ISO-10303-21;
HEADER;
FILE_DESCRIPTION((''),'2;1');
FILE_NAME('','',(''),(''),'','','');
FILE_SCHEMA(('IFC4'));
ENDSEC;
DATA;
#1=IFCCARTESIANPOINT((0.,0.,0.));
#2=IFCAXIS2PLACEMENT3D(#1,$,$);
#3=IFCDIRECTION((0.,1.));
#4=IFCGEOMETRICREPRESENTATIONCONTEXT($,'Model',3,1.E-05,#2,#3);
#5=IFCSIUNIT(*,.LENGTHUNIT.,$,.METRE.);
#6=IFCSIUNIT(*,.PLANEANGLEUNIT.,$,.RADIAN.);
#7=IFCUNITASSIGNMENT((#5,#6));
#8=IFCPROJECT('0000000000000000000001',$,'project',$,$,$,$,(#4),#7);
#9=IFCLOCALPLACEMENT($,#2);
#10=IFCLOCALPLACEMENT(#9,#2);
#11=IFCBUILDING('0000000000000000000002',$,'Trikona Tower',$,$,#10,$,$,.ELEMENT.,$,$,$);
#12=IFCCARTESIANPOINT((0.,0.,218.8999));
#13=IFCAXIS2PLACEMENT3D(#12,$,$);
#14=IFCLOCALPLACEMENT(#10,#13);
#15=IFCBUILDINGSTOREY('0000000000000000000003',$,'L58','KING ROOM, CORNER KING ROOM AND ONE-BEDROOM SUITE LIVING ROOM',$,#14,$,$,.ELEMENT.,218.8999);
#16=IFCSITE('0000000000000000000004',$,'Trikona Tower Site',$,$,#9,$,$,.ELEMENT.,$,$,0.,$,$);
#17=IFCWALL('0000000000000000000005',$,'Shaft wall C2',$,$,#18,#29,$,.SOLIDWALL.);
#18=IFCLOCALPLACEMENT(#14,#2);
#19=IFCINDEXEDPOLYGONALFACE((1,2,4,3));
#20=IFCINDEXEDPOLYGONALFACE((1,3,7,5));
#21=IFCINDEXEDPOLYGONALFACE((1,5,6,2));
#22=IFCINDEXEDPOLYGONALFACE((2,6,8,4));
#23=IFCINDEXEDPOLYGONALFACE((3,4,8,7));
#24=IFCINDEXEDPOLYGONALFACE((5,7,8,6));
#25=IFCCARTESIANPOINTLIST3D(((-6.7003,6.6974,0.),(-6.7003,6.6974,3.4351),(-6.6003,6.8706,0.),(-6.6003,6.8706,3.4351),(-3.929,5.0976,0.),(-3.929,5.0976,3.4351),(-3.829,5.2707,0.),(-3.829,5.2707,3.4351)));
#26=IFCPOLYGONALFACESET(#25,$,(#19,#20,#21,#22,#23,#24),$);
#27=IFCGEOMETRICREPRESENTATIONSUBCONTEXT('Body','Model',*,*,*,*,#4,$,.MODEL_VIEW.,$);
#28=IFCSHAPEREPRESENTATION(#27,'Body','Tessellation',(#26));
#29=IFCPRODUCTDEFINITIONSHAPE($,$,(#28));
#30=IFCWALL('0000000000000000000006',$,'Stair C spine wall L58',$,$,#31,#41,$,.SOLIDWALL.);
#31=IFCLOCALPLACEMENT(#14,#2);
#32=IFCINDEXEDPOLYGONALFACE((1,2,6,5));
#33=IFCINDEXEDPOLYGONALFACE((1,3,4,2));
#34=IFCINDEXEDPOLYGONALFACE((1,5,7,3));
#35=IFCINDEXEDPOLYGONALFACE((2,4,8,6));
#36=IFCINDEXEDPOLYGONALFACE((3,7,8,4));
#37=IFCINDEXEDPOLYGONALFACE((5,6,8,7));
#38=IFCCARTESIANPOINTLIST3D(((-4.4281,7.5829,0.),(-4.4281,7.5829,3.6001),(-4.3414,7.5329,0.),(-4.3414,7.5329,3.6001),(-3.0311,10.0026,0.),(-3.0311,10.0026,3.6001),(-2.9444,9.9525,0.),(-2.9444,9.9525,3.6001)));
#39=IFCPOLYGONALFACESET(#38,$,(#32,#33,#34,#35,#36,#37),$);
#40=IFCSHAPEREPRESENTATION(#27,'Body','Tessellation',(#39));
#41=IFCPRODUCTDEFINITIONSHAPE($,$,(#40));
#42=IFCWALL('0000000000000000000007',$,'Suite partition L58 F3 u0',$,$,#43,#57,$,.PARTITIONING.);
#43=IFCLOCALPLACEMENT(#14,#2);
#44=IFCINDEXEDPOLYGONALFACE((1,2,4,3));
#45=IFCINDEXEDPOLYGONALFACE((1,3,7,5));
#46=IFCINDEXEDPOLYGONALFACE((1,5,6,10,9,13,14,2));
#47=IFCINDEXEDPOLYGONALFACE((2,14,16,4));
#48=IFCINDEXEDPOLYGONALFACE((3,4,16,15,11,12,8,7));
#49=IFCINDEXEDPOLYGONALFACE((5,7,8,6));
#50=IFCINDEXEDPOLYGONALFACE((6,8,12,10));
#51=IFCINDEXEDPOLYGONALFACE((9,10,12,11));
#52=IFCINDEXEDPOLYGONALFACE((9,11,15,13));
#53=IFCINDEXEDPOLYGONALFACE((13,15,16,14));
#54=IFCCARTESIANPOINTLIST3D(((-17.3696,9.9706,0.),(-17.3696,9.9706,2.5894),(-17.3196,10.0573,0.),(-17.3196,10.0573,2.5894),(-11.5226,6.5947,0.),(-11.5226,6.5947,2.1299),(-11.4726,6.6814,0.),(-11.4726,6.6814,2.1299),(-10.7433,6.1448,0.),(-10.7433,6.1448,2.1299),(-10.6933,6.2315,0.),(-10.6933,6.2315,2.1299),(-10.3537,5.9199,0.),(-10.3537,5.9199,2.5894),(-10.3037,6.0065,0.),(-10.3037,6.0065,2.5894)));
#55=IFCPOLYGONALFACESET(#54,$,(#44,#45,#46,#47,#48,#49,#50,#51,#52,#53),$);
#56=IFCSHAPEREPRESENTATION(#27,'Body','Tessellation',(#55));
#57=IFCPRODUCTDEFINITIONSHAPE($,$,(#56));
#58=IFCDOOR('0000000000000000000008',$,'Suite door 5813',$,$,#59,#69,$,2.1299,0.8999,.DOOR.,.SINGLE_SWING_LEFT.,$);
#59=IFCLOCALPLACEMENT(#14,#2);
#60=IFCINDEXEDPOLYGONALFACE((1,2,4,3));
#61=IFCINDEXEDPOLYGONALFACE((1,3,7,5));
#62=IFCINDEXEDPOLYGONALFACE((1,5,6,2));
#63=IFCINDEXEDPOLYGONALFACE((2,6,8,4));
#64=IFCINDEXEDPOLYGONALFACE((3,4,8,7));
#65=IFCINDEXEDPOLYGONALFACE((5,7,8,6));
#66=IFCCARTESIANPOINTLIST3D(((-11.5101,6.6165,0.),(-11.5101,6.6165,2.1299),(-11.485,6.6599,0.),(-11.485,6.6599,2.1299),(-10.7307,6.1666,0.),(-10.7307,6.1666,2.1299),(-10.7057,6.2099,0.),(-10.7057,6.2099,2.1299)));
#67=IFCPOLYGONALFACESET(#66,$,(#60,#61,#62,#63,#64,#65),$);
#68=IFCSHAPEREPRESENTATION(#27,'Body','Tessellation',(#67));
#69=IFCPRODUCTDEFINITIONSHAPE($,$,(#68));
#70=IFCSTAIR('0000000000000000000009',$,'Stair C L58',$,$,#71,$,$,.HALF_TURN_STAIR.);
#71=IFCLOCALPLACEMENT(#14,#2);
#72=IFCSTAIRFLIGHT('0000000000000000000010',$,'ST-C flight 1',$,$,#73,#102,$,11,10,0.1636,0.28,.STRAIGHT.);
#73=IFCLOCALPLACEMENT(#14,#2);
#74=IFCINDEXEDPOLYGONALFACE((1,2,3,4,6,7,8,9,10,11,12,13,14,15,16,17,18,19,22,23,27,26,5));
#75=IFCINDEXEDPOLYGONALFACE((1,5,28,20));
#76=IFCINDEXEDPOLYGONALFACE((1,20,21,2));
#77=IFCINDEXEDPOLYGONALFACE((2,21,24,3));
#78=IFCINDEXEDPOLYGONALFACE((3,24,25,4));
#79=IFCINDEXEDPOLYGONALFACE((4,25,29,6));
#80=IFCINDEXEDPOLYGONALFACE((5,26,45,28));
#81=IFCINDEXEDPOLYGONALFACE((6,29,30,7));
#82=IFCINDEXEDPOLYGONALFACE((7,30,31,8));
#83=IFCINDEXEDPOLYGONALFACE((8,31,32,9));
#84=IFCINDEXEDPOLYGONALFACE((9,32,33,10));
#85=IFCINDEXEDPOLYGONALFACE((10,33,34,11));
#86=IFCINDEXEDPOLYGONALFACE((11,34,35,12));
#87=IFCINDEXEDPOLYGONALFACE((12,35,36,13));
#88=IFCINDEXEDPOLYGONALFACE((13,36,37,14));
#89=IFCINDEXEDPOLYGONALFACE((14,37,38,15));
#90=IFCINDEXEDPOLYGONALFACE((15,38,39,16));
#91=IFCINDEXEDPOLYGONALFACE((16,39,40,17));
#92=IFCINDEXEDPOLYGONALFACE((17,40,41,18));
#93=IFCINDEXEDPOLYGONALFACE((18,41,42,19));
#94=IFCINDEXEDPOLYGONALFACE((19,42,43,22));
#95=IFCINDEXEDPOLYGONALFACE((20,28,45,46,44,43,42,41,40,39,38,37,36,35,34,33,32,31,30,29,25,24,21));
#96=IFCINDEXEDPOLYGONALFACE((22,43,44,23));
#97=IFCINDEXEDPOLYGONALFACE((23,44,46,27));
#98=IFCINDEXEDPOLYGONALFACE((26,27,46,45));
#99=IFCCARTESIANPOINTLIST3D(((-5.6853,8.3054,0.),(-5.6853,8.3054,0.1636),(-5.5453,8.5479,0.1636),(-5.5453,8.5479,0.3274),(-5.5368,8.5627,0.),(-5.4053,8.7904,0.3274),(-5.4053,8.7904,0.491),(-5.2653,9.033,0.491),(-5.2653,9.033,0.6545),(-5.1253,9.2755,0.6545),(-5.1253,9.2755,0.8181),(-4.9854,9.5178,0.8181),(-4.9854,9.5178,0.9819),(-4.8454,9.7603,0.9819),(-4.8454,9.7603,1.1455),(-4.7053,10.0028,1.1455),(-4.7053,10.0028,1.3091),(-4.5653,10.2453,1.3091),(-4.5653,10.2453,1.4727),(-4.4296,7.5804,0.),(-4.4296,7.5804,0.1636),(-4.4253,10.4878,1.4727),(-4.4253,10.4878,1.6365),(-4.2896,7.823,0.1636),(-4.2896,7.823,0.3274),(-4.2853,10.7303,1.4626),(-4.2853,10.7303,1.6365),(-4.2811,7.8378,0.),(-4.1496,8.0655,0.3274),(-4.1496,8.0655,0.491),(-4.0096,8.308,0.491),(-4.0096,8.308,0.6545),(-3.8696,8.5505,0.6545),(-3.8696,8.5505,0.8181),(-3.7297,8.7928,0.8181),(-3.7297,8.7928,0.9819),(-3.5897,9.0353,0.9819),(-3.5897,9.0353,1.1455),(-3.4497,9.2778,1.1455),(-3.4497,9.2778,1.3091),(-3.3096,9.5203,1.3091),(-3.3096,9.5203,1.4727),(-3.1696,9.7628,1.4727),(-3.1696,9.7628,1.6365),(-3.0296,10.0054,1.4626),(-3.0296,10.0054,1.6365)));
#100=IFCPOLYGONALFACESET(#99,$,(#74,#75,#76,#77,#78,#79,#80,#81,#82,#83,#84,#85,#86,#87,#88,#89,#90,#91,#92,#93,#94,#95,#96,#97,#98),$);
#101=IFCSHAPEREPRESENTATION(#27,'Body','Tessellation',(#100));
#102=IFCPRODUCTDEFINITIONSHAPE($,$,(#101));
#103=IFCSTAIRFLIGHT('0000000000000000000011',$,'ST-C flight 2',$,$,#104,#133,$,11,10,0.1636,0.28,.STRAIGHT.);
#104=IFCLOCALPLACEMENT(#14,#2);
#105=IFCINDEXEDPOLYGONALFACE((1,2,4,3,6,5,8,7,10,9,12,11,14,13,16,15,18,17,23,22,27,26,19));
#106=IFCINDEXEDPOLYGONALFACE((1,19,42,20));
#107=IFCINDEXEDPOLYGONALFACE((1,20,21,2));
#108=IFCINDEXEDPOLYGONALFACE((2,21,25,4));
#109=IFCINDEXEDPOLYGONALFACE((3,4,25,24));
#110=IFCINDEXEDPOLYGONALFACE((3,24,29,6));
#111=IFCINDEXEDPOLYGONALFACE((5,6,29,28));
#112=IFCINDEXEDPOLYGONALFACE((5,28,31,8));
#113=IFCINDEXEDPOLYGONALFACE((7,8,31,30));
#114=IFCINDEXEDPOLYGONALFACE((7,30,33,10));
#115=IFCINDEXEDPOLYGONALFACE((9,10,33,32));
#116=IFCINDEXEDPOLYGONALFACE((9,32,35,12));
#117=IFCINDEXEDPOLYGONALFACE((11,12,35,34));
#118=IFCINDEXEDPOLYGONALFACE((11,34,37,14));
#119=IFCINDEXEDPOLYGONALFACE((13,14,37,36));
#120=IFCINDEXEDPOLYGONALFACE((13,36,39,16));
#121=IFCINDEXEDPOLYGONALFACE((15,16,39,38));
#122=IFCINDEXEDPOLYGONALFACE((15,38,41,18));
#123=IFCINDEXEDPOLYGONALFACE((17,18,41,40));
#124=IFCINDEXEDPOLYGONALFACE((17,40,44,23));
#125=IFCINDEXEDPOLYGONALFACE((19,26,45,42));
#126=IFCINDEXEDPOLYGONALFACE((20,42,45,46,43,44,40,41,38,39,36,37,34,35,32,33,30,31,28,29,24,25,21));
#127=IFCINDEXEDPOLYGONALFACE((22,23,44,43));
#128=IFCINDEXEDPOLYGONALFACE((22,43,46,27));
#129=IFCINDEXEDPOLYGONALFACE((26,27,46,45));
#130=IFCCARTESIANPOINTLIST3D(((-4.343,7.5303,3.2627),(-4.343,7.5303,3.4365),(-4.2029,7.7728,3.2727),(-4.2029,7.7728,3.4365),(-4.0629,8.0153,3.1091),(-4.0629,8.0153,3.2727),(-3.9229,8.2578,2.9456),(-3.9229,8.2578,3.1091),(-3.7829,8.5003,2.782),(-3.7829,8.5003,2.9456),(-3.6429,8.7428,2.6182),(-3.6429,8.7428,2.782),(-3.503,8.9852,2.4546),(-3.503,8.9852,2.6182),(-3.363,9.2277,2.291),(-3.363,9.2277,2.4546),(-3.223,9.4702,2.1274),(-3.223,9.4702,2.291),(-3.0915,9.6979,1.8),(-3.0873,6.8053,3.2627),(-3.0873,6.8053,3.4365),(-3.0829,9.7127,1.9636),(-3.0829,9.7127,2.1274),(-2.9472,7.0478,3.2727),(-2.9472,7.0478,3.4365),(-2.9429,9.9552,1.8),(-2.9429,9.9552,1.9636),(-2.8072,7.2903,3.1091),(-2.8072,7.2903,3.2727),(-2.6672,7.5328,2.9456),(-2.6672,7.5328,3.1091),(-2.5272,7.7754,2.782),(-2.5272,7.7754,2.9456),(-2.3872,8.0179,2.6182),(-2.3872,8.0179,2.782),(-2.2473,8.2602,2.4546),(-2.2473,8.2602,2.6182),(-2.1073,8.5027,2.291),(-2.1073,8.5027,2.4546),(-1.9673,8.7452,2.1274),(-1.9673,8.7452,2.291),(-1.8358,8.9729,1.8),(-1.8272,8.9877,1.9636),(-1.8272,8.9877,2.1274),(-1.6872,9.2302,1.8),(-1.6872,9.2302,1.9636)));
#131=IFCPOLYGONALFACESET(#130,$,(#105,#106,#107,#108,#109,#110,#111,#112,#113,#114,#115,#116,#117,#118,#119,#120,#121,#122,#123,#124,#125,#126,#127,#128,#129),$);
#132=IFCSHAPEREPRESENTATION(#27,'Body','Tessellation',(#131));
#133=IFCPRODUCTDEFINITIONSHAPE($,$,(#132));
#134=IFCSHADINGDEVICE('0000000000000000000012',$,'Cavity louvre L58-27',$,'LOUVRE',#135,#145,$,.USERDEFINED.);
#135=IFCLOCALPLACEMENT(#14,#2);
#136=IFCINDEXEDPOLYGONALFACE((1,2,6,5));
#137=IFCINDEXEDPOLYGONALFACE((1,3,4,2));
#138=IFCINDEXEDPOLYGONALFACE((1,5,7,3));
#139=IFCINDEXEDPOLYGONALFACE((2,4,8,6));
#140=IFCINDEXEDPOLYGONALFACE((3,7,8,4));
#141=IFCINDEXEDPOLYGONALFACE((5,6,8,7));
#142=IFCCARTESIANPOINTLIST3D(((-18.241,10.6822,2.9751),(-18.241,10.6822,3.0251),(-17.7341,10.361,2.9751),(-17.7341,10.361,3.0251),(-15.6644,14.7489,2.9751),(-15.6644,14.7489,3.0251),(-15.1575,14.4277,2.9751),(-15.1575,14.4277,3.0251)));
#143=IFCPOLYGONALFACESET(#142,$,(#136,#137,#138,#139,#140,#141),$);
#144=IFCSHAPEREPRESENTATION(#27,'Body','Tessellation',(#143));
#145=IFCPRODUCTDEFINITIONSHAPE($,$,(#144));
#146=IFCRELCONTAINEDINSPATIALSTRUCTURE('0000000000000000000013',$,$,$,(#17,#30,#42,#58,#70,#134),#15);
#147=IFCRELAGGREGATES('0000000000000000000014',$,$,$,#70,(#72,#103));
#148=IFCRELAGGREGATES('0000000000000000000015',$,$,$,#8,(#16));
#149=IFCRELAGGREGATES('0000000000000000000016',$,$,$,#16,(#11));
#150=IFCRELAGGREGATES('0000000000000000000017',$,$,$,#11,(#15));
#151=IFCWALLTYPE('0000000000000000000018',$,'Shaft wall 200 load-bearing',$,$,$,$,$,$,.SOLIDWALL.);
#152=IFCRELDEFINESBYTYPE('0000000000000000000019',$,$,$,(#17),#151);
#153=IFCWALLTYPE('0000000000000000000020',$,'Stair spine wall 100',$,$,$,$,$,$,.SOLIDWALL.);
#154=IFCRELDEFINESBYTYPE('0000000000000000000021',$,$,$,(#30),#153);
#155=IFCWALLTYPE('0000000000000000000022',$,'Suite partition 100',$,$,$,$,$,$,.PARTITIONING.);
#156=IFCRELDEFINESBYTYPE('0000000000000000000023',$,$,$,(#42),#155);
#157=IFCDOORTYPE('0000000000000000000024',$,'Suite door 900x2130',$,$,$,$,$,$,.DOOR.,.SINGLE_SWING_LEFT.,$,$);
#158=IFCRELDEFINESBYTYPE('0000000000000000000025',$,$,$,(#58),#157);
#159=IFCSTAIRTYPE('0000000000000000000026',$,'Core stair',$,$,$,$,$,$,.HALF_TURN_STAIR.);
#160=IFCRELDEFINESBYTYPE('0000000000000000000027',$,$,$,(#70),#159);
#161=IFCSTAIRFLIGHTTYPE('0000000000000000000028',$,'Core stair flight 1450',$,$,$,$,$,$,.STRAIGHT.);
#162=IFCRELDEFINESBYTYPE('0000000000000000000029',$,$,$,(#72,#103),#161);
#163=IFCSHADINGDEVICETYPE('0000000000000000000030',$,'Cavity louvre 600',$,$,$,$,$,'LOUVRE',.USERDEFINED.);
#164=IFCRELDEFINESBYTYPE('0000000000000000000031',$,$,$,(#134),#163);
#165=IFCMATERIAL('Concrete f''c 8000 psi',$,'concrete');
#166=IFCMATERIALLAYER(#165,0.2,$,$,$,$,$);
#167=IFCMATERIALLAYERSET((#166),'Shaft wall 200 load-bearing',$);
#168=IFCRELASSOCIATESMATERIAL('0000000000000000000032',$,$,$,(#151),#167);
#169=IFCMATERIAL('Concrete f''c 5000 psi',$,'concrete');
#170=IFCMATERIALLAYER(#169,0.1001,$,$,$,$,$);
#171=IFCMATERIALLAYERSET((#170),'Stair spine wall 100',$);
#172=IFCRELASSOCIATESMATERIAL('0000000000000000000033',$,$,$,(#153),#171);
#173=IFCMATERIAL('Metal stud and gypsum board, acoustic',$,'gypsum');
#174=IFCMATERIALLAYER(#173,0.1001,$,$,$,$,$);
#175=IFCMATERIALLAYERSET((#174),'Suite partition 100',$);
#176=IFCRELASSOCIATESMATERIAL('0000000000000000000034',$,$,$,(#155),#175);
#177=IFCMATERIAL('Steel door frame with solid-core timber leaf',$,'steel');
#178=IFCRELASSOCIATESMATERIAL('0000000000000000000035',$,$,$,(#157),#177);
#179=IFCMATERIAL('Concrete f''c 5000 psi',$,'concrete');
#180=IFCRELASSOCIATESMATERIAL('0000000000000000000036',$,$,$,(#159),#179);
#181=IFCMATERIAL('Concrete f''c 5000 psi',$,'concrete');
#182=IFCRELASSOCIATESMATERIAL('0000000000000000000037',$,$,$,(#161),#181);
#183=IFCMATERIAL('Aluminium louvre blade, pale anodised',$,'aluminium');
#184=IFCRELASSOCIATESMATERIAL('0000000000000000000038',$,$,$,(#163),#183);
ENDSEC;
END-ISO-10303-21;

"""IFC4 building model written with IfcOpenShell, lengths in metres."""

from ifc_helpers import new_model, si_unit, direction, frame, frame_2d, origin, origin_2d, place, context, subcontext, project, spatial, polyline, rectangle, outline, extrude, material, layer, layer_set, type_object, element, fill, aggregate, save


model = new_model("IFC4")

# Units and contexts
model_context = context("Model", 3, precision=1e-05, world=origin(), true_north=direction((0.0, 1.0)))
body_context = subcontext(model_context, "Body", "Model", "MODEL_VIEW")
ifc_project = project(units=[si_unit("LENGTHUNIT", "METRE"), si_unit("PLANEANGLEUNIT", "RADIAN")], contexts=[model_context])

# Site, building, storey
site_placement = place(None, origin())
site = spatial("IfcSite", under=ifc_project, at=site_placement, Name="Trikona Tower Site", CompositionType="ELEMENT", RefElevation=0.0)
building_placement = place(site_placement, origin())
building = spatial("IfcBuilding", under=site, at=building_placement, Name="Trikona Tower", CompositionType="ELEMENT")
storey_placement = place(building_placement, frame((0.0, 0.0, 218.8999)))
storey = spatial("IfcBuildingStorey", under=building, at=storey_placement, Name="L58", Description="KING ROOM, CORNER KING ROOM AND ONE-BEDROOM SUITE LIVING ROOM", CompositionType="ELEMENT", Elevation=218.8999)

# Walls
ifc_material_1 = material(Name="Concrete f'c 8000 psi", Category="concrete")
ifc_layer_1 = layer(ifc_material_1, 0.2)
ifc_layer_set_1 = layer_set([ifc_layer_1], Name="Shaft wall 200 load-bearing")
wall_type_1 = type_object("IfcWallType", Name="Shaft wall 200 load-bearing", PredefinedType="SOLIDWALL", material=ifc_layer_set_1)
for number, where, z_axis, x_axis, name in (
    (1, (-3.8789, 5.1841, 0.0), (0.0, 0.0, 1.0), (-0.866042, 0.499971, 0.0), "Shaft wall C2"),
):
    element("IfcWall", number, at=place(storey_placement, frame(where, z_axis=z_axis, x_axis=x_axis)), inside=storey, type_object=wall_type_1, Name=name, PredefinedType="SOLIDWALL", context=body_context, shape_type="SweptSolid", body=[
        extrude(rectangle(XDim=3.2, YDim=0.2, at=frame_2d((1.6001, 0.0))), origin(), (0.0, 0.0, 1.0), 3.4351),
    ])
ifc_material_2 = material(Name="Concrete f'c 5000 psi", Category="concrete")
ifc_layer_2 = layer(ifc_material_2, 0.1001)
ifc_layer_set_2 = layer_set([ifc_layer_2], Name="Stair spine wall 100")
wall_type_2 = type_object("IfcWallType", Name="Stair spine wall 100", PredefinedType="SOLIDWALL", material=ifc_layer_set_2)
wall_1_placement = place(storey_placement, frame((-2.9878, 9.9775, 0.0), z_axis=(0.0, 0.0, 1.0), x_axis=(-0.499992, -0.86603, 0.0)))
element("IfcWall", 2, at=wall_1_placement, inside=storey, type_object=wall_type_2, Name="Stair C spine wall L58", PredefinedType="SOLIDWALL", context=body_context, shape_type="SweptSolid", body=[
    extrude(rectangle(XDim=2.7939, YDim=0.1001, at=frame_2d((1.397, 0.0))), origin(), (0.0, 0.0, 1.0), 3.6001),
])

# Wall, opening, door
ifc_material_3 = material(Name="Metal stud and gypsum board, acoustic", Category="gypsum")
ifc_layer_3 = layer(ifc_material_3, 0.1001)
ifc_layer_set_3 = layer_set([ifc_layer_3], Name="Suite partition 100")
wall_type_3 = type_object("IfcWallType", Name="Suite partition 100", PredefinedType="PARTITIONING", material=ifc_layer_set_3)
wall_2_placement = place(storey_placement, frame((-10.3286, 5.9631, 0.0), z_axis=(0.0, 0.0, 1.0), x_axis=(-0.866016, 0.500015, 0.0)))
wall_2 = element("IfcWall", 3, at=wall_2_placement, inside=storey, type_object=wall_type_3, Name="Suite partition L58 F3 u0", PredefinedType="PARTITIONING", context=body_context, shape_type="SweptSolid", body=[
    extrude(rectangle(XDim=8.1013, YDim=0.1001, at=frame_2d((4.0508, 0.0))), origin(), (0.0, 0.0, 1.0), 2.5894),
])
opening_1_placement = place(wall_2_placement, frame((0.45, 0.0, 0.0)))
opening_1 = element("IfcOpeningElement", 4, at=opening_1_placement, cuts=wall_2, PredefinedType="OPENING", context=body_context, shape_type="SweptSolid", body=[
    extrude(rectangle(XDim=0.8999, YDim=2.1299, at=frame_2d((0.45, 1.0649))), frame((0.0, 0.0601, 0.0), z_axis=(0.0, -1.0, 0.0), x_axis=(1.0, 0.0, 0.0)), (0.0, 0.0, 1.0), 0.1201),
])
ifc_material_4 = material(Name="Steel door frame with solid-core timber leaf", Category="steel")
door_type_1 = type_object("IfcDoorType", Name="Suite door 900x2130", OperationType="SINGLE_SWING_LEFT", PredefinedType="DOOR", material=ifc_material_4)
door_1_placement = place(opening_1_placement, origin())
door_1 = element("IfcDoor", 5, at=door_1_placement, inside=storey, type_object=door_type_1, Name="Suite door 5813", OperationType="SINGLE_SWING_LEFT", OverallHeight=2.1299, OverallWidth=0.8999, PredefinedType="DOOR", context=body_context, shape_type="SweptSolid", body=[
    extrude(rectangle(XDim=0.8999, YDim=2.1299, at=frame_2d((0.45, 1.0649))), frame((0.0, 0.0249, 0.0), z_axis=(0.0, -1.0, 0.0), x_axis=(1.0, 0.0, 0.0)), (0.0, 0.0, 1.0), 0.05),
])
fill(opening_1, door_1)

# Stair, stair flights
ifc_material_5 = material(Name="Concrete f'c 5000 psi", Category="concrete")
stair_type = type_object("IfcStairType", Name="Core stair", PredefinedType="HALF_TURN_STAIR", material=ifc_material_5)
stair_placement = place(storey_placement, origin())
stair = element("IfcStair", 6, at=stair_placement, inside=storey, type_object=stair_type, Name="Stair C L58", PredefinedType="HALF_TURN_STAIR")
ifc_material_6 = material(Name="Concrete f'c 5000 psi", Category="concrete")
stair_flight_type = type_object("IfcStairFlightType", Name="Core stair flight 1450", PredefinedType="STRAIGHT", material=ifc_material_6)
stair_flight_1_placement = place(storey_placement, frame((-5.0574, 7.9429, 0.0), z_axis=(0.0, 0.0, 1.0), x_axis=(0.5, 0.866025, 0.0)))
stair_flight_1 = element("IfcStairFlight", 7, at=stair_flight_1_placement, type_object=stair_flight_type, Name="ST-C flight 1", NumberOfRisers=11, NumberOfTreads=10, PredefinedType="STRAIGHT", RiserHeight=0.1636, TreadLength=0.28, context=body_context, shape_type="SweptSolid", body=[
    extrude(outline(polyline([(0.0, 0.0), (0.0, 0.1636), (0.28, 0.1636), (0.28, 0.3274), (0.5601, 0.3274), (0.5601, 0.491), (0.8401, 0.491), (0.8401, 0.6545), (1.1201, 0.6545), (1.1201, 0.8181), (1.3999, 0.8181), (1.3999, 0.9819), (1.6799, 0.9819), (1.6799, 1.1455), (1.96, 1.1455), (1.96, 1.3091), (2.24, 1.3091), (2.24, 1.4727), (2.52, 1.4727), (2.52, 1.6365), (2.8, 1.6365), (2.8, 1.8), (2.8, 1.4626), (0.2971, 0.0), (0.0, 0.0)])), frame((0.0, 0.7251, 0.0), z_axis=(0.0, -1.0, 0.0), x_axis=(1.0, 0.0, 0.0)), (0.0, 0.0, 1.0), 1.45),
])
stair_flight_2_placement = place(storey_placement, frame((-2.3152, 9.5928, 1.8), z_axis=(0.0, 0.0, 1.0), x_axis=(-0.5, -0.866025, 0.0)))
stair_flight_2 = element("IfcStairFlight", 8, at=stair_flight_2_placement, type_object=stair_flight_type, Name="ST-C flight 2", NumberOfRisers=11, NumberOfTreads=10, PredefinedType="STRAIGHT", RiserHeight=0.1636, TreadLength=0.28, context=body_context, shape_type="SweptSolid", body=[
    extrude(outline(polyline([(0.0, 0.0), (0.0, 0.1636), (0.28, 0.1636), (0.28, 0.3274), (0.5601, 0.3274), (0.5601, 0.491), (0.8401, 0.491), (0.8401, 0.6545), (1.1201, 0.6545), (1.1201, 0.8181), (1.3999, 0.8181), (1.3999, 0.9819), (1.6799, 0.9819), (1.6799, 1.1455), (1.96, 1.1455), (1.96, 1.3091), (2.24, 1.3091), (2.24, 1.4727), (2.52, 1.4727), (2.52, 1.6365), (2.8, 1.6365), (2.8, 1.8), (2.8, 1.4626), (0.2971, 0.0), (0.0, 0.0)])), frame((0.0, 0.7251, 0.0), z_axis=(0.0, -1.0, 0.0), x_axis=(1.0, 0.0, 0.0)), (0.0, 0.0, 1.0), 1.45),
])
aggregate(stair, [stair_flight_1, stair_flight_2])

# Shading device
ifc_material_7 = material(Name="Aluminium louvre blade, pale anodised", Category="aluminium")
shading_device_type = type_object("IfcShadingDeviceType", Name="Cavity louvre 600", ElementType="LOUVRE", PredefinedType="USERDEFINED", material=ifc_material_7)
shading_device_placement = place(storey_placement, frame((-16.6992, 12.5549, 2.9751), z_axis=(0.0, 0.0, 1.0), x_axis=(-0.535205, -0.844722, 0.0)))
element("IfcShadingDevice", 9, at=shading_device_placement, inside=storey, type_object=shading_device_type, Name="Cavity louvre L58-27", ObjectType="LOUVRE", PredefinedType="USERDEFINED", context=body_context, shape_type="SweptSolid", body=[
    extrude(rectangle(XDim=4.8142, YDim=0.6001, at=origin_2d()), origin(), (0.0, 0.0, 1.0), 0.05),
])

save(model, "model.ifc")
